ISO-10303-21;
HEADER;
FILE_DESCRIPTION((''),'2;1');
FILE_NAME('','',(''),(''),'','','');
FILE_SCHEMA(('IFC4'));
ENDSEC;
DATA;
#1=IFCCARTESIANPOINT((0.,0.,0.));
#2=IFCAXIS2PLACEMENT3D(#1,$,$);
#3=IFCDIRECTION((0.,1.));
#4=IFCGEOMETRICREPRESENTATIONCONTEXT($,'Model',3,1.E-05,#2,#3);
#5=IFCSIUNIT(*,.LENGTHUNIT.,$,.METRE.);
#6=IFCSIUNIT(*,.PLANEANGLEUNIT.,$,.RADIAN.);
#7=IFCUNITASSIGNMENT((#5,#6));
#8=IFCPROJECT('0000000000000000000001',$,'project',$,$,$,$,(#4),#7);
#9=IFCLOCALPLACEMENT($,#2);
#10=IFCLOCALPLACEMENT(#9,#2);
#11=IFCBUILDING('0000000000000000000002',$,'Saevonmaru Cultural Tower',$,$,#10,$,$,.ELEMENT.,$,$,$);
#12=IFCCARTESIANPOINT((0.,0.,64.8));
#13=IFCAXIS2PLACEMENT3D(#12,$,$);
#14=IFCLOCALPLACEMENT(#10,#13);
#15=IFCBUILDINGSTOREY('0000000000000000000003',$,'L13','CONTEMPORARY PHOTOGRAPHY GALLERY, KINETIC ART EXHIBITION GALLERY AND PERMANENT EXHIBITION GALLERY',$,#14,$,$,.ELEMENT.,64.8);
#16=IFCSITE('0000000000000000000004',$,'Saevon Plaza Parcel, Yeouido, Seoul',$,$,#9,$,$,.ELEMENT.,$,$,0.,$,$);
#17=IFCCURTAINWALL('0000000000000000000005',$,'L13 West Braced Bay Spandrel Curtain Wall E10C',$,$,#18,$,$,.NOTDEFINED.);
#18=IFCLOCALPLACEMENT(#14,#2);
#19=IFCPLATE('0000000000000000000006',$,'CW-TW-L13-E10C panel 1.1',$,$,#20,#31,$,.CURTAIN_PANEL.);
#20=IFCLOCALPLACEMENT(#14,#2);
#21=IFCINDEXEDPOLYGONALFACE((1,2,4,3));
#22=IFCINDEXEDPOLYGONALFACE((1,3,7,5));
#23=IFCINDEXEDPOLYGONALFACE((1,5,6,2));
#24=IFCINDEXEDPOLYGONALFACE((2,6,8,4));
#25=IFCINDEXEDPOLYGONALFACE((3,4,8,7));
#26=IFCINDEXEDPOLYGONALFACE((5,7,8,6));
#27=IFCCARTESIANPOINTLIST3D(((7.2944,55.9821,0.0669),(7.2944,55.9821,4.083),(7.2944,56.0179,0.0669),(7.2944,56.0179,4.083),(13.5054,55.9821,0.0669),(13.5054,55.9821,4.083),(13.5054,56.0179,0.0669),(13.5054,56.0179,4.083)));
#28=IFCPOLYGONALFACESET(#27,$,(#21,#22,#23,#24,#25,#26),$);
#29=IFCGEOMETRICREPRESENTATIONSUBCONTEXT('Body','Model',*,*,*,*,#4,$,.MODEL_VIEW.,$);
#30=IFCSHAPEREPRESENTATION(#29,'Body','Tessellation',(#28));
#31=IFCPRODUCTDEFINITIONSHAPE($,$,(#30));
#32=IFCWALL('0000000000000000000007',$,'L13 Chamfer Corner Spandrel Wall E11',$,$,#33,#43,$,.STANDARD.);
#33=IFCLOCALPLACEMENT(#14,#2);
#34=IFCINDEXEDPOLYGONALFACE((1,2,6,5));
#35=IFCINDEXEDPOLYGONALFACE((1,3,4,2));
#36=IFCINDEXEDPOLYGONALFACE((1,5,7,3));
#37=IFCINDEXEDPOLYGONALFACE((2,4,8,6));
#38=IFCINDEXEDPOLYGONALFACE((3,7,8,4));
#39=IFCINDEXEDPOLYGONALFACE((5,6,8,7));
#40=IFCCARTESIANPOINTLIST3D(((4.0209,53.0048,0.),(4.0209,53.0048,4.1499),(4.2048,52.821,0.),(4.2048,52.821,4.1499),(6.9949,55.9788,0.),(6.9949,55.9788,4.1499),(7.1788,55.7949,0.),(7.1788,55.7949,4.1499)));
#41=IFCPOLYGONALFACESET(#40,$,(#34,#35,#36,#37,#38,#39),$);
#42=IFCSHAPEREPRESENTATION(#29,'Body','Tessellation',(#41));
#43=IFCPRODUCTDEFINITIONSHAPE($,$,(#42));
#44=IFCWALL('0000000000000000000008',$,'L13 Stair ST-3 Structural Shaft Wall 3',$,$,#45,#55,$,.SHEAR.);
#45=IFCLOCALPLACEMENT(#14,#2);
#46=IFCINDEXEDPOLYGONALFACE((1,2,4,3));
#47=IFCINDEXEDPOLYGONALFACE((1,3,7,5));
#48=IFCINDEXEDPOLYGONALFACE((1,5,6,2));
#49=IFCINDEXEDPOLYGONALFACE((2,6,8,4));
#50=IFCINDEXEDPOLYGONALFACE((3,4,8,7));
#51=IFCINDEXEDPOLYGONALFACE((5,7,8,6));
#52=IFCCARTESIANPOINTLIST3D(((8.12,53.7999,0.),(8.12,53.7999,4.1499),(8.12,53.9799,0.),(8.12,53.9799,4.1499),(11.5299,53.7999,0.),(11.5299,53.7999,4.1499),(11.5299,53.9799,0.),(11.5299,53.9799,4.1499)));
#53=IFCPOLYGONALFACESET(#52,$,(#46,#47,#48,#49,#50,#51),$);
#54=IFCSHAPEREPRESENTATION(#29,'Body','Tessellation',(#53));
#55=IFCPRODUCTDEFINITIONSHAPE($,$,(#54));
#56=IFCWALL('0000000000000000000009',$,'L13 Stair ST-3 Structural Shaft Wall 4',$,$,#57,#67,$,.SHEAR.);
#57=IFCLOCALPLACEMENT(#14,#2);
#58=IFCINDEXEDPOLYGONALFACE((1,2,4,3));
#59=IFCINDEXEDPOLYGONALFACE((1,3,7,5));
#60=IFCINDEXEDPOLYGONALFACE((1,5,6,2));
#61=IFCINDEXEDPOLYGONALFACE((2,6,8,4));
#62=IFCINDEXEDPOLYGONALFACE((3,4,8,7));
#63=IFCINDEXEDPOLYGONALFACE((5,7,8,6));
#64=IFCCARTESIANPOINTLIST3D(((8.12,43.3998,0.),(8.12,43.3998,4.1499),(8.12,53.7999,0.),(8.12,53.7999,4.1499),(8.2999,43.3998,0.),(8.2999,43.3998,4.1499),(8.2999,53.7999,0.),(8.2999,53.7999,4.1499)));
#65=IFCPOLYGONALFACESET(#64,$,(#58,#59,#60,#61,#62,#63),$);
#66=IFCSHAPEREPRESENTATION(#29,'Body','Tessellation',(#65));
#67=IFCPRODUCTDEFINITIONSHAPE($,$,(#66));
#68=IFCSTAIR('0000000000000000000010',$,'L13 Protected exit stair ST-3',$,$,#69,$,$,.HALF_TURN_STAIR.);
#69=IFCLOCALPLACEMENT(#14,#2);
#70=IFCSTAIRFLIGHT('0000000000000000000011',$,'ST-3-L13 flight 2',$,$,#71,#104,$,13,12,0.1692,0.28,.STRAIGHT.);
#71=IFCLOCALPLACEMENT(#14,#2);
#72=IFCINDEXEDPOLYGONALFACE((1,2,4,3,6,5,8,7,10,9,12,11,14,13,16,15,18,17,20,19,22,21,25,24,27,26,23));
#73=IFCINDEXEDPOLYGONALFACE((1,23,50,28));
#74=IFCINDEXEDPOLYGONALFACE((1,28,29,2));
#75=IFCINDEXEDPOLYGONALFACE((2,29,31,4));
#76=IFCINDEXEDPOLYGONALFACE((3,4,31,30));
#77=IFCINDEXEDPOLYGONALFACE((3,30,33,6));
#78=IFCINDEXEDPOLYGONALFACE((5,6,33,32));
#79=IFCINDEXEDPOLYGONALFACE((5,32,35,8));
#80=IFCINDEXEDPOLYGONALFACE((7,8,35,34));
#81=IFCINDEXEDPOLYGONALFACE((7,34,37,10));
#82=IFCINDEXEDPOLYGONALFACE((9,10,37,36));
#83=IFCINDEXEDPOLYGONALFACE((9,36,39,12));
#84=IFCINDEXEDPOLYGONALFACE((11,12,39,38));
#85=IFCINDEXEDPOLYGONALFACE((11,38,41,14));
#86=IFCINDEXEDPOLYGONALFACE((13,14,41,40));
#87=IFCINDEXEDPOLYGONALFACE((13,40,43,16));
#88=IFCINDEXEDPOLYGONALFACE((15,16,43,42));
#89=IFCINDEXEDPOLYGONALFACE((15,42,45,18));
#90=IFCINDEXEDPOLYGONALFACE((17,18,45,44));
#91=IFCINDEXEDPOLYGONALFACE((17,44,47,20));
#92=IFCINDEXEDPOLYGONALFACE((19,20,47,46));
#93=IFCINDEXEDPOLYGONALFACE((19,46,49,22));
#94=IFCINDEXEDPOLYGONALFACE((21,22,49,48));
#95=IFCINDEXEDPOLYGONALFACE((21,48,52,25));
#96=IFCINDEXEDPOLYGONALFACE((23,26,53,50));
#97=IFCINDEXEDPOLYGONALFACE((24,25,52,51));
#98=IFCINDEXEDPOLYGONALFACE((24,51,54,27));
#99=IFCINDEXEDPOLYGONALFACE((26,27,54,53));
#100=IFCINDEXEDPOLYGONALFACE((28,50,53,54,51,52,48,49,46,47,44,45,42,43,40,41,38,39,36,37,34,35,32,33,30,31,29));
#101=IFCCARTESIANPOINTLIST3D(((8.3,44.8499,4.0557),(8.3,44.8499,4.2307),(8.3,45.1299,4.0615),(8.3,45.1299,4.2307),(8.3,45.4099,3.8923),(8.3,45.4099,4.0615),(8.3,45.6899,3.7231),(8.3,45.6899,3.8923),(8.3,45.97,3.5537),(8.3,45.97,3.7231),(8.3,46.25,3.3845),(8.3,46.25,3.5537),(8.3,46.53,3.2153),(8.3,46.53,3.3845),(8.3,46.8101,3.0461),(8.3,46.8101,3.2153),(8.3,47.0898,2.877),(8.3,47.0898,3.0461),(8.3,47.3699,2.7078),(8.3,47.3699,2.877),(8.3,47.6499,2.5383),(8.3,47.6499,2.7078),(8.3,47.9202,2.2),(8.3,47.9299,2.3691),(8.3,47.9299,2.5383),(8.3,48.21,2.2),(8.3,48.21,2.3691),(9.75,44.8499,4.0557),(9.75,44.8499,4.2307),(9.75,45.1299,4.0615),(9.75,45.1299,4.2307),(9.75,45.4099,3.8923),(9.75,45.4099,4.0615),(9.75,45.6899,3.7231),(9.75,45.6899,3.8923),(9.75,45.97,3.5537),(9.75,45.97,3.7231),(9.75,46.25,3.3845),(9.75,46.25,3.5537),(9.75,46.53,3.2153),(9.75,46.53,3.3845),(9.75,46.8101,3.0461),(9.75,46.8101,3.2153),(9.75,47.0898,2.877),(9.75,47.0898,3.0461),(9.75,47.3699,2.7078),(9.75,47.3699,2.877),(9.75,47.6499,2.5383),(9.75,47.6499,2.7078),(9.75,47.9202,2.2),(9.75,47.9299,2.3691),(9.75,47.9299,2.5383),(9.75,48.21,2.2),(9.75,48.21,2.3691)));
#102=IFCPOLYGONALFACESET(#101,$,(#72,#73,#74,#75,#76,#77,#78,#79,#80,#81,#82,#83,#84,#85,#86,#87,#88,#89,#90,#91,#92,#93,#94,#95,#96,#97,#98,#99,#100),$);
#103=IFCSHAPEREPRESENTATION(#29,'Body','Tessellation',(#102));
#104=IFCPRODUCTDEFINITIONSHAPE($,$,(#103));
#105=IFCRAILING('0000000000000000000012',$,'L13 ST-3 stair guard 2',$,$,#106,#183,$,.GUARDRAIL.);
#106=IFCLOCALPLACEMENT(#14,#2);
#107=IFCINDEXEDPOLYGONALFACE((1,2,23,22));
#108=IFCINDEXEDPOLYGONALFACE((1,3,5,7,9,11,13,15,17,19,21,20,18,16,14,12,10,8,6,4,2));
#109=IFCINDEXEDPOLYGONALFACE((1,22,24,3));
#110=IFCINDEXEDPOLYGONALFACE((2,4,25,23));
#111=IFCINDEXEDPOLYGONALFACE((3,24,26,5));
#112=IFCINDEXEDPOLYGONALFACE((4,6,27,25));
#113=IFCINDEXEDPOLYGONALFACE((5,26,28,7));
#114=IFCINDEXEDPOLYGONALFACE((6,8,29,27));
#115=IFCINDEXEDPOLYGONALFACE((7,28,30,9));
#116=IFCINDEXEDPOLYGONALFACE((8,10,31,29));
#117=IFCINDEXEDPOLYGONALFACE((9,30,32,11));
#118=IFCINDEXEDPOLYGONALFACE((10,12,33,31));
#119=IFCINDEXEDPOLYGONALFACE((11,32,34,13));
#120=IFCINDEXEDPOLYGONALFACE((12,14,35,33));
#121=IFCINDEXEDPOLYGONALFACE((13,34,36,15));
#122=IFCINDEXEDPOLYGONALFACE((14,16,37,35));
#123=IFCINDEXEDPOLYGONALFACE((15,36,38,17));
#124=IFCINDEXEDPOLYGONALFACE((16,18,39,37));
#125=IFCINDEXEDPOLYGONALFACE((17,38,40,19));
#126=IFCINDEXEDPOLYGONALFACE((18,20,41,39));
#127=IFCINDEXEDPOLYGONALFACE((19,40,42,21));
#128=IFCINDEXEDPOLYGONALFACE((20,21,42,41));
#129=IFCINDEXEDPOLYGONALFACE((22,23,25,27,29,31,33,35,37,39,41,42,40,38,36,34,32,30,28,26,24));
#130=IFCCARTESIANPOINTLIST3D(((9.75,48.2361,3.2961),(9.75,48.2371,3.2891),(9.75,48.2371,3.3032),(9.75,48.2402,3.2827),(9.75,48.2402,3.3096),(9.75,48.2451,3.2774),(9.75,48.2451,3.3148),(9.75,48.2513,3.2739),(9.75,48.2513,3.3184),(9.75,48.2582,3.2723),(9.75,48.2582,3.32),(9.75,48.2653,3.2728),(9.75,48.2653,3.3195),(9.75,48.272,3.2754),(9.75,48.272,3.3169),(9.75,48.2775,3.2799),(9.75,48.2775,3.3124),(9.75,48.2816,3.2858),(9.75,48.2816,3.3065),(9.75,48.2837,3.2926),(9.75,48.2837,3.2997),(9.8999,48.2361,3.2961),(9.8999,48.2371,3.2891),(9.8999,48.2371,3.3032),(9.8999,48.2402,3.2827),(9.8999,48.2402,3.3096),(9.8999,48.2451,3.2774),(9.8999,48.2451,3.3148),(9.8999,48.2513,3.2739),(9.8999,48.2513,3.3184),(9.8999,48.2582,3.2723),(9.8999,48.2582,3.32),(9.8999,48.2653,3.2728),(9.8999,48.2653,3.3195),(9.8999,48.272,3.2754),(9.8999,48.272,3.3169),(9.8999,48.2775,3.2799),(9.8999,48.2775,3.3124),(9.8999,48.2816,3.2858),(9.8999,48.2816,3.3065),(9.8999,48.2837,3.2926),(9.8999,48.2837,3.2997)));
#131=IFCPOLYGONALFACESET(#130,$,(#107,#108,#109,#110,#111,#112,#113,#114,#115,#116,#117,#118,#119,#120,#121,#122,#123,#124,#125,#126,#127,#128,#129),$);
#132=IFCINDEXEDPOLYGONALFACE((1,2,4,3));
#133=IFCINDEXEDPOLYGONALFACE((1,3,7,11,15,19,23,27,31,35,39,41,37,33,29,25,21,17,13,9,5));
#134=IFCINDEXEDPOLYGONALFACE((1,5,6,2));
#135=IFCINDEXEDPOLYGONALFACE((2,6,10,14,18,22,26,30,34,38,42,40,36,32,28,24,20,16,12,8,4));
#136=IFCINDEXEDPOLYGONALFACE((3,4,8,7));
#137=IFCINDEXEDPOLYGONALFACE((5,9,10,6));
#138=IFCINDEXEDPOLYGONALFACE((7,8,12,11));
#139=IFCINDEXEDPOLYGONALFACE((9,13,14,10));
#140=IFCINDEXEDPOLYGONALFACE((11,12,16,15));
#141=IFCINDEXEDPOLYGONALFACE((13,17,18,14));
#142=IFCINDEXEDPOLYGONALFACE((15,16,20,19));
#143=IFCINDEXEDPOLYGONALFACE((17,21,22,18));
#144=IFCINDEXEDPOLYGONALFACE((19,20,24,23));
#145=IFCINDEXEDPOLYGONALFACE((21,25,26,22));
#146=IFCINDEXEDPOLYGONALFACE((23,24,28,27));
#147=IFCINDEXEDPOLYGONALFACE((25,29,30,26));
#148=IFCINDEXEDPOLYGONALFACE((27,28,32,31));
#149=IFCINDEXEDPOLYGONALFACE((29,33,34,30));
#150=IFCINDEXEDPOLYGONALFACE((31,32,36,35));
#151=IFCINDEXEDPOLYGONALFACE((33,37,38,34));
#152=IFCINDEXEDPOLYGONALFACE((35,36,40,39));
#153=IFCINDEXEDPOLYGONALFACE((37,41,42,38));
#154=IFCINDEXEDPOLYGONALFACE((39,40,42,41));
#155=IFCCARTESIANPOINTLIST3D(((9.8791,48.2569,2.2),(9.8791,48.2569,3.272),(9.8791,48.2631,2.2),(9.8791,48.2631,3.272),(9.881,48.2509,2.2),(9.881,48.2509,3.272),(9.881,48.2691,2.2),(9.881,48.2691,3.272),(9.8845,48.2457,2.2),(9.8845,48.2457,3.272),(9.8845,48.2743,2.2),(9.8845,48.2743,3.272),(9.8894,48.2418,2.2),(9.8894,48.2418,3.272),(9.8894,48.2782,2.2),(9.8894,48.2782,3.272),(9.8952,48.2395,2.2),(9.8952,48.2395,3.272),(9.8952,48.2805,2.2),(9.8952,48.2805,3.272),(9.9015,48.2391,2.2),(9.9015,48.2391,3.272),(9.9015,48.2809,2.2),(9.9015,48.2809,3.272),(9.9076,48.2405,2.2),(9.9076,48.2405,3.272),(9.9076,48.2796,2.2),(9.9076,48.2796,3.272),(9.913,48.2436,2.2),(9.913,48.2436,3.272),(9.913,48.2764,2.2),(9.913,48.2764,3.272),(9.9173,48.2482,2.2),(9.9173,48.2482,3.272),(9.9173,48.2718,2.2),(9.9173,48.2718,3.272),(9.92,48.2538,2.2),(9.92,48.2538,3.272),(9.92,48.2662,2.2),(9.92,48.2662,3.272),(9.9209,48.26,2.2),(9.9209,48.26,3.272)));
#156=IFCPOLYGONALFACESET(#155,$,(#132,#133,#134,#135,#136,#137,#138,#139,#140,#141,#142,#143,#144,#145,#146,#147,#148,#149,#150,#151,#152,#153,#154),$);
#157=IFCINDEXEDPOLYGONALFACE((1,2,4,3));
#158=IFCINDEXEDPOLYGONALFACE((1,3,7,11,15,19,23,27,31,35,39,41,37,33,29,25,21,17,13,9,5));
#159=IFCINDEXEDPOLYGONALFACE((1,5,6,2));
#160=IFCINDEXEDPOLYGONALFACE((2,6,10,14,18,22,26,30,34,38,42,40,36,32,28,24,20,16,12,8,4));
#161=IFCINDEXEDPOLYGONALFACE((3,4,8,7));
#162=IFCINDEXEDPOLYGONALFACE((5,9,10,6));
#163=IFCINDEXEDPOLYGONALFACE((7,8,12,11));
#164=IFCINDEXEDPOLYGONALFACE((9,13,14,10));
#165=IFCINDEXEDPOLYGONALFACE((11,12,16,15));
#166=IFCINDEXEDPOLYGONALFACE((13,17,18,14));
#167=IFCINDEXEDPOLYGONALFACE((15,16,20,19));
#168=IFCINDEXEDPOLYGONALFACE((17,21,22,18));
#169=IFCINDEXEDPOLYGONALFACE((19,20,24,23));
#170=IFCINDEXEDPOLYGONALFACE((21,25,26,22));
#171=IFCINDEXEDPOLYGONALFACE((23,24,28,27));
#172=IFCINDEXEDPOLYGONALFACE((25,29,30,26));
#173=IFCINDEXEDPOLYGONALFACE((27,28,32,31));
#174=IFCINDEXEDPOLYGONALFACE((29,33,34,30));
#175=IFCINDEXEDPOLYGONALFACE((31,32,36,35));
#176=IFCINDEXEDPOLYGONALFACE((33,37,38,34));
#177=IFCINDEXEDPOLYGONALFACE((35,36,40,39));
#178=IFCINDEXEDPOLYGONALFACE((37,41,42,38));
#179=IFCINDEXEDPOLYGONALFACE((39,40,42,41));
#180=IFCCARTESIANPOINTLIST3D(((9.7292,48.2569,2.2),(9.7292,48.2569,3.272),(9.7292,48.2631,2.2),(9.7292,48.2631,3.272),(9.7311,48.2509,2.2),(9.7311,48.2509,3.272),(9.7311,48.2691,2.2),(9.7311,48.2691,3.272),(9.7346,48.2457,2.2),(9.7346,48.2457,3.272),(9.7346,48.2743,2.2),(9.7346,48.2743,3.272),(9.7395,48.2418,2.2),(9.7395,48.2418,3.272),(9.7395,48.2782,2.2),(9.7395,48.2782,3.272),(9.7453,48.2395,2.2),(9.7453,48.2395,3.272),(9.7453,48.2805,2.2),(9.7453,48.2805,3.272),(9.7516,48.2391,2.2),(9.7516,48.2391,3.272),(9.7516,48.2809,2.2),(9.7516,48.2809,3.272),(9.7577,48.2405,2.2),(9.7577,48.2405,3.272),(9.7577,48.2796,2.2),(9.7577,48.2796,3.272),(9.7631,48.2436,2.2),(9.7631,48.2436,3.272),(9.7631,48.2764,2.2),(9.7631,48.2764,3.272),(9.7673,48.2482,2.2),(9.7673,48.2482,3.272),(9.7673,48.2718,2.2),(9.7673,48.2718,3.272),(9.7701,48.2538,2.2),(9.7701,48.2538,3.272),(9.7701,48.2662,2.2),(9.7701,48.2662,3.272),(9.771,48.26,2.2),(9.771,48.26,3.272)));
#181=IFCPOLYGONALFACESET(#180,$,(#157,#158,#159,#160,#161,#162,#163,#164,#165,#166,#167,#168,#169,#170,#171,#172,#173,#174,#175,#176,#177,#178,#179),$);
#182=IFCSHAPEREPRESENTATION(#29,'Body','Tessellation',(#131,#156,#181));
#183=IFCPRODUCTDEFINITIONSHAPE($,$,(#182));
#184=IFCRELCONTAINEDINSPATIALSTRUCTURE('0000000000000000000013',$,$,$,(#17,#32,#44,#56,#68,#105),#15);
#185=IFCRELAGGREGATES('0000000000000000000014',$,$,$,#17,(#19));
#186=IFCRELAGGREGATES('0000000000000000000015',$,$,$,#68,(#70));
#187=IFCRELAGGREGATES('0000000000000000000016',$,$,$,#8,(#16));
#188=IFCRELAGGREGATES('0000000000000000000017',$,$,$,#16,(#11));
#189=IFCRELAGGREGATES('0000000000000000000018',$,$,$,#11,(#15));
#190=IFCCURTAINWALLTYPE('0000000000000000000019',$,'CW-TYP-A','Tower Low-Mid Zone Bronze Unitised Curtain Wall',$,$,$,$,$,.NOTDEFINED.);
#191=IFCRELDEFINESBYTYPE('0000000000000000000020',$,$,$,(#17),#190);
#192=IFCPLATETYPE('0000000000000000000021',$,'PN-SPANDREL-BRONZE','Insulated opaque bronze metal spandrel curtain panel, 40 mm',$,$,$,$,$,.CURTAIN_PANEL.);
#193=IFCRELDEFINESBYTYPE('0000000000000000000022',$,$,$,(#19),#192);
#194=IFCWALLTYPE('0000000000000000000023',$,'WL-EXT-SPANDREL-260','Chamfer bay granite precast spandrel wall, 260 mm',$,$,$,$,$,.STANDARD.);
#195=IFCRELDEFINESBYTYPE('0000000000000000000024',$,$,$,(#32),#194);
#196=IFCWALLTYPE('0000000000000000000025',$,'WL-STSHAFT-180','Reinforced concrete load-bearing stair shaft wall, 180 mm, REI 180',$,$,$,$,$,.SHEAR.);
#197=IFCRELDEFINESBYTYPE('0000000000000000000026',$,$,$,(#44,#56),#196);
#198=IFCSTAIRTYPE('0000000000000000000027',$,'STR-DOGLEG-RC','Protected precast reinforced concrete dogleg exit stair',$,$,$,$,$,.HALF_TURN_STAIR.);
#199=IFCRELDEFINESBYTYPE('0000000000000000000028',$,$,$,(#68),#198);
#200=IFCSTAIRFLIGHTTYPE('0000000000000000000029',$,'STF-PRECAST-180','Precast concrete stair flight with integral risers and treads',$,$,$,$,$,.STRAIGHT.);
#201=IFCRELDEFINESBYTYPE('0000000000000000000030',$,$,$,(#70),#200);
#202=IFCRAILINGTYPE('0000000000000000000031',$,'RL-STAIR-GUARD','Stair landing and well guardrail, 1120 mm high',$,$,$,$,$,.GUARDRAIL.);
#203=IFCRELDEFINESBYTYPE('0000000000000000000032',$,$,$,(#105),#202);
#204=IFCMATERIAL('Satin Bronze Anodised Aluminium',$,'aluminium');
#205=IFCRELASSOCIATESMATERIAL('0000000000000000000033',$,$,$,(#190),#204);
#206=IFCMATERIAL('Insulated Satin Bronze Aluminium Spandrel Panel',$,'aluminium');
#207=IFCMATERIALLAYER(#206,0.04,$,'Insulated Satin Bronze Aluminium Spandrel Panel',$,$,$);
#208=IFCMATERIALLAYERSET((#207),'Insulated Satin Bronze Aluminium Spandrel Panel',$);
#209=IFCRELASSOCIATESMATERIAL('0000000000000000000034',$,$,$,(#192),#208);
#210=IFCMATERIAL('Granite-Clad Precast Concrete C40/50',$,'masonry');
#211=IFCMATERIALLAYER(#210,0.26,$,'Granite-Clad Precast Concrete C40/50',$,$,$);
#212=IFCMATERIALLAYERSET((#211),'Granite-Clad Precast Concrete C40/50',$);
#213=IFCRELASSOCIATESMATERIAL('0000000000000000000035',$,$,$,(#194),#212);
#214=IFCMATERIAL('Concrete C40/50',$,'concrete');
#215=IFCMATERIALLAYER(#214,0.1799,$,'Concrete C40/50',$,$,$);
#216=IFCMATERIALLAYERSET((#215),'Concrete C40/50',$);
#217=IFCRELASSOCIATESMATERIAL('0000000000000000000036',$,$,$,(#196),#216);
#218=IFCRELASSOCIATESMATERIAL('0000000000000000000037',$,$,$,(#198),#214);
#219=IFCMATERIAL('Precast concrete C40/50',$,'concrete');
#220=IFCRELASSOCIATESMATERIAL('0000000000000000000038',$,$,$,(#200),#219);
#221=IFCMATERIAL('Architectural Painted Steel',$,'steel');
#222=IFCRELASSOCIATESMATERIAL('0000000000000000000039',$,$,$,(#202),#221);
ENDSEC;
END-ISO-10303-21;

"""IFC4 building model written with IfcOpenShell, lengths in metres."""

from ifc_helpers import new_model, si_unit, direction, frame, frame_2d, origin, origin_2d, place, context, subcontext, project, spatial, polyline, rectangle, circle, outline, extrude, material, layer, layer_set, type_object, element, aggregate, save


model = new_model("IFC4")

# Units and contexts
model_context = context("Model", 3, precision=1e-05, world=origin(), true_north=direction((0.0, 1.0)))
body_context = subcontext(model_context, "Body", "Model", "MODEL_VIEW")
ifc_project = project(units=[si_unit("LENGTHUNIT", "METRE"), si_unit("PLANEANGLEUNIT", "RADIAN")], contexts=[model_context])

# Site, building, storey
site_placement = place(None, origin())
site = spatial("IfcSite", under=ifc_project, at=site_placement, Name="Saevon Plaza Parcel, Yeouido, Seoul", CompositionType="ELEMENT", RefElevation=0.0)
building_placement = place(site_placement, origin())
building = spatial("IfcBuilding", under=site, at=building_placement, Name="Saevonmaru Cultural Tower", CompositionType="ELEMENT")
storey_placement = place(building_placement, frame((0.0, 0.0, 64.8)))
storey = spatial("IfcBuildingStorey", under=building, at=storey_placement, Name="L13", Description="CONTEMPORARY PHOTOGRAPHY GALLERY, KINETIC ART EXHIBITION GALLERY AND PERMANENT EXHIBITION GALLERY", CompositionType="ELEMENT", Elevation=64.8)

# Curtain wall
ifc_material_1 = material(Name="Satin Bronze Anodised Aluminium", Category="aluminium")
curtain_wall_type = type_object("IfcCurtainWallType", Name="CW-TYP-A", Description="Tower Low-Mid Zone Bronze Unitised Curtain Wall", PredefinedType="NOTDEFINED", material=ifc_material_1)
curtain_wall_1_placement = place(storey_placement, origin())
curtain_wall_1 = element("IfcCurtainWall", 1, at=curtain_wall_1_placement, inside=storey, type_object=curtain_wall_type, Name="L13 West Braced Bay Spandrel Curtain Wall E10C", PredefinedType="NOTDEFINED")

# Plate
ifc_material_2 = material(Name="Insulated Satin Bronze Aluminium Spandrel Panel", Category="aluminium")
ifc_layer_1 = layer(ifc_material_2, 0.04, Name="Insulated Satin Bronze Aluminium Spandrel Panel")
ifc_layer_set_1 = layer_set([ifc_layer_1], Name="Insulated Satin Bronze Aluminium Spandrel Panel")
plate_type_1 = type_object("IfcPlateType", Name="PN-SPANDREL-BRONZE", Description="Insulated opaque bronze metal spandrel curtain panel, 40 mm", PredefinedType="CURTAIN_PANEL", material=ifc_layer_set_1)
plate_1_placement = place(storey_placement, frame((10.3999, 56.0, 0.0669), z_axis=(0.0, 0.0, 1.0), x_axis=(-1.0, 0.0, 0.0)))
plate_1 = element("IfcPlate", 2, at=plate_1_placement, type_object=plate_type_1, Name="CW-TW-L13-E10C panel 1.1", PredefinedType="CURTAIN_PANEL", context=body_context, shape_type="SweptSolid", body=[
    extrude(rectangle(XDim=6.2109, YDim=0.0359, at=origin_2d()), origin(), (0.0, 0.0, 1.0), 4.0161),
])
aggregate(curtain_wall_1, [plate_1])

# Walls
ifc_material_3 = material(Name="Granite-Clad Precast Concrete C40/50", Category="masonry")
ifc_layer_2 = layer(ifc_material_3, 0.26, Name="Granite-Clad Precast Concrete C40/50")
ifc_layer_set_2 = layer_set([ifc_layer_2], Name="Granite-Clad Precast Concrete C40/50")
wall_type_1 = type_object("IfcWallType", Name="WL-EXT-SPANDREL-260", Description="Chamfer bay granite precast spandrel wall, 260 mm", PredefinedType="STANDARD", material=ifc_layer_set_2)
wall_1_placement = place(storey_placement, frame((7.0869, 55.887, 0.0), z_axis=(0.0, 0.0, 1.0), x_axis=(-0.707107, -0.707107, 0.0)))
element("IfcWall", 3, at=wall_1_placement, inside=storey, type_object=wall_type_1, Name="L13 Chamfer Corner Spandrel Wall E11", PredefinedType="STANDARD", context=body_context, shape_type="SweptSolid", body=[
    extrude(rectangle(XDim=4.2058, YDim=0.26, at=frame_2d((2.103, 0.0))), origin(), (0.0, 0.0, 1.0), 4.1499),
])
ifc_material_4 = material(Name="Concrete C40/50", Category="concrete")
ifc_layer_3 = layer(ifc_material_4, 0.1799, Name="Concrete C40/50")
ifc_layer_set_3 = layer_set([ifc_layer_3], Name="Concrete C40/50")
wall_type_2 = type_object("IfcWallType", Name="WL-STSHAFT-180", Description="Reinforced concrete load-bearing stair shaft wall, 180 mm, REI 180", PredefinedType="SHEAR", material=ifc_layer_set_3)
wall_2_placement = place(storey_placement, frame((11.53, 53.8899, 0.0), z_axis=(0.0, 0.0, 1.0), x_axis=(-1.0, 0.0, 0.0)))
element("IfcWall", 4, at=wall_2_placement, inside=storey, type_object=wall_type_2, Name="L13 Stair ST-3 Structural Shaft Wall 3", PredefinedType="SHEAR", context=body_context, shape_type="SweptSolid", body=[
    extrude(rectangle(XDim=3.4099, YDim=0.1799, at=frame_2d((1.7051, 0.0))), origin(), (0.0, 0.0, 1.0), 4.1499),
])
wall_3_placement = place(storey_placement, frame((8.21, 53.8, 0.0), z_axis=(0.0, 0.0, 1.0), x_axis=(0.0, -1.0, 0.0)))
element("IfcWall", 5, at=wall_3_placement, inside=storey, type_object=wall_type_2, Name="L13 Stair ST-3 Structural Shaft Wall 4", PredefinedType="SHEAR", context=body_context, shape_type="SweptSolid", body=[
    extrude(rectangle(XDim=10.4001, YDim=0.1799, at=frame_2d((5.2002, 0.0))), origin(), (0.0, 0.0, 1.0), 4.1499),
])

# Stair, stair flight
stair_type = type_object("IfcStairType", Name="STR-DOGLEG-RC", Description="Protected precast reinforced concrete dogleg exit stair", PredefinedType="HALF_TURN_STAIR", material=ifc_material_4)
stair_placement = place(storey_placement, origin())
stair = element("IfcStair", 6, at=stair_placement, inside=storey, type_object=stair_type, Name="L13 Protected exit stair ST-3", PredefinedType="HALF_TURN_STAIR")
ifc_material_5 = material(Name="Precast concrete C40/50", Category="concrete")
stair_flight_type = type_object("IfcStairFlightType", Name="STF-PRECAST-180", Description="Precast concrete stair flight with integral risers and treads", PredefinedType="STRAIGHT", material=ifc_material_5)
stair_flight_placement = place(storey_placement, frame((9.0249, 48.21, 2.2), z_axis=(0.0, 0.0, 1.0), x_axis=(0.0, -1.0, 0.0)))
stair_flight = element("IfcStairFlight", 7, at=stair_flight_placement, type_object=stair_flight_type, Name="ST-3-L13 flight 2", NumberOfRisers=13, NumberOfTreads=12, PredefinedType="STRAIGHT", RiserHeight=0.1692, TreadLength=0.28, context=body_context, shape_type="SweptSolid", body=[
    extrude(outline(polyline([(0.0, 0.0), (0.0, 0.1692), (0.28, 0.1692), (0.28, 0.3384), (0.5601, 0.3384), (0.5601, 0.5078), (0.8401, 0.5078), (0.8401, 0.677), (1.1201, 0.677), (1.1201, 0.8462), (1.3999, 0.8462), (1.3999, 1.0154), (1.6799, 1.0154), (1.6799, 1.1846), (1.96, 1.1846), (1.96, 1.3538), (2.24, 1.3538), (2.24, 1.5232), (2.52, 1.5232), (2.52, 1.6924), (2.8, 1.6924), (2.8, 1.8616), (3.0801, 1.8616), (3.0801, 2.0308), (3.3601, 2.0308), (3.3601, 2.2), (3.3601, 1.8557), (0.2898, 0.0), (0.0, 0.0)])), frame((0.0, 0.7251, 0.0), z_axis=(0.0, -1.0, 0.0), x_axis=(1.0, 0.0, 0.0)), (0.0, 0.0, 1.0), 1.45),
])
aggregate(stair, [stair_flight])

# Railing
ifc_material_6 = material(Name="Architectural Painted Steel", Category="steel")
railing_type_1 = type_object("IfcRailingType", Name="RL-STAIR-GUARD", Description="Stair landing and well guardrail, 1120 mm high", PredefinedType="GUARDRAIL", material=ifc_material_6)
railing_1_placement = place(storey_placement, frame((9.8999, 48.26, 2.2)))
element("IfcRailing", 8, at=railing_1_placement, inside=storey, type_object=railing_type_1, Name="L13 ST-3 stair guard 2", PredefinedType="GUARDRAIL", context=body_context, shape_type="SweptSolid", body=[
    extrude(circle(Radius=0.0239, at=origin_2d()), frame((0.0, 0.0, 1.0962), z_axis=(-1.0, 0.0, 0.0), x_axis=(0.0, -1.0, 0.0)), (0.0, 0.0, 1.0), 0.1499),
    extrude(circle(Radius=0.021, at=origin_2d()), origin(), (0.0, 0.0, 1.0), 1.072),
    extrude(circle(Radius=0.021, at=origin_2d()), frame((-0.1499, 0.0, 0.0)), (0.0, 0.0, 1.0), 1.072),
])

save(model, "model.ifc")
